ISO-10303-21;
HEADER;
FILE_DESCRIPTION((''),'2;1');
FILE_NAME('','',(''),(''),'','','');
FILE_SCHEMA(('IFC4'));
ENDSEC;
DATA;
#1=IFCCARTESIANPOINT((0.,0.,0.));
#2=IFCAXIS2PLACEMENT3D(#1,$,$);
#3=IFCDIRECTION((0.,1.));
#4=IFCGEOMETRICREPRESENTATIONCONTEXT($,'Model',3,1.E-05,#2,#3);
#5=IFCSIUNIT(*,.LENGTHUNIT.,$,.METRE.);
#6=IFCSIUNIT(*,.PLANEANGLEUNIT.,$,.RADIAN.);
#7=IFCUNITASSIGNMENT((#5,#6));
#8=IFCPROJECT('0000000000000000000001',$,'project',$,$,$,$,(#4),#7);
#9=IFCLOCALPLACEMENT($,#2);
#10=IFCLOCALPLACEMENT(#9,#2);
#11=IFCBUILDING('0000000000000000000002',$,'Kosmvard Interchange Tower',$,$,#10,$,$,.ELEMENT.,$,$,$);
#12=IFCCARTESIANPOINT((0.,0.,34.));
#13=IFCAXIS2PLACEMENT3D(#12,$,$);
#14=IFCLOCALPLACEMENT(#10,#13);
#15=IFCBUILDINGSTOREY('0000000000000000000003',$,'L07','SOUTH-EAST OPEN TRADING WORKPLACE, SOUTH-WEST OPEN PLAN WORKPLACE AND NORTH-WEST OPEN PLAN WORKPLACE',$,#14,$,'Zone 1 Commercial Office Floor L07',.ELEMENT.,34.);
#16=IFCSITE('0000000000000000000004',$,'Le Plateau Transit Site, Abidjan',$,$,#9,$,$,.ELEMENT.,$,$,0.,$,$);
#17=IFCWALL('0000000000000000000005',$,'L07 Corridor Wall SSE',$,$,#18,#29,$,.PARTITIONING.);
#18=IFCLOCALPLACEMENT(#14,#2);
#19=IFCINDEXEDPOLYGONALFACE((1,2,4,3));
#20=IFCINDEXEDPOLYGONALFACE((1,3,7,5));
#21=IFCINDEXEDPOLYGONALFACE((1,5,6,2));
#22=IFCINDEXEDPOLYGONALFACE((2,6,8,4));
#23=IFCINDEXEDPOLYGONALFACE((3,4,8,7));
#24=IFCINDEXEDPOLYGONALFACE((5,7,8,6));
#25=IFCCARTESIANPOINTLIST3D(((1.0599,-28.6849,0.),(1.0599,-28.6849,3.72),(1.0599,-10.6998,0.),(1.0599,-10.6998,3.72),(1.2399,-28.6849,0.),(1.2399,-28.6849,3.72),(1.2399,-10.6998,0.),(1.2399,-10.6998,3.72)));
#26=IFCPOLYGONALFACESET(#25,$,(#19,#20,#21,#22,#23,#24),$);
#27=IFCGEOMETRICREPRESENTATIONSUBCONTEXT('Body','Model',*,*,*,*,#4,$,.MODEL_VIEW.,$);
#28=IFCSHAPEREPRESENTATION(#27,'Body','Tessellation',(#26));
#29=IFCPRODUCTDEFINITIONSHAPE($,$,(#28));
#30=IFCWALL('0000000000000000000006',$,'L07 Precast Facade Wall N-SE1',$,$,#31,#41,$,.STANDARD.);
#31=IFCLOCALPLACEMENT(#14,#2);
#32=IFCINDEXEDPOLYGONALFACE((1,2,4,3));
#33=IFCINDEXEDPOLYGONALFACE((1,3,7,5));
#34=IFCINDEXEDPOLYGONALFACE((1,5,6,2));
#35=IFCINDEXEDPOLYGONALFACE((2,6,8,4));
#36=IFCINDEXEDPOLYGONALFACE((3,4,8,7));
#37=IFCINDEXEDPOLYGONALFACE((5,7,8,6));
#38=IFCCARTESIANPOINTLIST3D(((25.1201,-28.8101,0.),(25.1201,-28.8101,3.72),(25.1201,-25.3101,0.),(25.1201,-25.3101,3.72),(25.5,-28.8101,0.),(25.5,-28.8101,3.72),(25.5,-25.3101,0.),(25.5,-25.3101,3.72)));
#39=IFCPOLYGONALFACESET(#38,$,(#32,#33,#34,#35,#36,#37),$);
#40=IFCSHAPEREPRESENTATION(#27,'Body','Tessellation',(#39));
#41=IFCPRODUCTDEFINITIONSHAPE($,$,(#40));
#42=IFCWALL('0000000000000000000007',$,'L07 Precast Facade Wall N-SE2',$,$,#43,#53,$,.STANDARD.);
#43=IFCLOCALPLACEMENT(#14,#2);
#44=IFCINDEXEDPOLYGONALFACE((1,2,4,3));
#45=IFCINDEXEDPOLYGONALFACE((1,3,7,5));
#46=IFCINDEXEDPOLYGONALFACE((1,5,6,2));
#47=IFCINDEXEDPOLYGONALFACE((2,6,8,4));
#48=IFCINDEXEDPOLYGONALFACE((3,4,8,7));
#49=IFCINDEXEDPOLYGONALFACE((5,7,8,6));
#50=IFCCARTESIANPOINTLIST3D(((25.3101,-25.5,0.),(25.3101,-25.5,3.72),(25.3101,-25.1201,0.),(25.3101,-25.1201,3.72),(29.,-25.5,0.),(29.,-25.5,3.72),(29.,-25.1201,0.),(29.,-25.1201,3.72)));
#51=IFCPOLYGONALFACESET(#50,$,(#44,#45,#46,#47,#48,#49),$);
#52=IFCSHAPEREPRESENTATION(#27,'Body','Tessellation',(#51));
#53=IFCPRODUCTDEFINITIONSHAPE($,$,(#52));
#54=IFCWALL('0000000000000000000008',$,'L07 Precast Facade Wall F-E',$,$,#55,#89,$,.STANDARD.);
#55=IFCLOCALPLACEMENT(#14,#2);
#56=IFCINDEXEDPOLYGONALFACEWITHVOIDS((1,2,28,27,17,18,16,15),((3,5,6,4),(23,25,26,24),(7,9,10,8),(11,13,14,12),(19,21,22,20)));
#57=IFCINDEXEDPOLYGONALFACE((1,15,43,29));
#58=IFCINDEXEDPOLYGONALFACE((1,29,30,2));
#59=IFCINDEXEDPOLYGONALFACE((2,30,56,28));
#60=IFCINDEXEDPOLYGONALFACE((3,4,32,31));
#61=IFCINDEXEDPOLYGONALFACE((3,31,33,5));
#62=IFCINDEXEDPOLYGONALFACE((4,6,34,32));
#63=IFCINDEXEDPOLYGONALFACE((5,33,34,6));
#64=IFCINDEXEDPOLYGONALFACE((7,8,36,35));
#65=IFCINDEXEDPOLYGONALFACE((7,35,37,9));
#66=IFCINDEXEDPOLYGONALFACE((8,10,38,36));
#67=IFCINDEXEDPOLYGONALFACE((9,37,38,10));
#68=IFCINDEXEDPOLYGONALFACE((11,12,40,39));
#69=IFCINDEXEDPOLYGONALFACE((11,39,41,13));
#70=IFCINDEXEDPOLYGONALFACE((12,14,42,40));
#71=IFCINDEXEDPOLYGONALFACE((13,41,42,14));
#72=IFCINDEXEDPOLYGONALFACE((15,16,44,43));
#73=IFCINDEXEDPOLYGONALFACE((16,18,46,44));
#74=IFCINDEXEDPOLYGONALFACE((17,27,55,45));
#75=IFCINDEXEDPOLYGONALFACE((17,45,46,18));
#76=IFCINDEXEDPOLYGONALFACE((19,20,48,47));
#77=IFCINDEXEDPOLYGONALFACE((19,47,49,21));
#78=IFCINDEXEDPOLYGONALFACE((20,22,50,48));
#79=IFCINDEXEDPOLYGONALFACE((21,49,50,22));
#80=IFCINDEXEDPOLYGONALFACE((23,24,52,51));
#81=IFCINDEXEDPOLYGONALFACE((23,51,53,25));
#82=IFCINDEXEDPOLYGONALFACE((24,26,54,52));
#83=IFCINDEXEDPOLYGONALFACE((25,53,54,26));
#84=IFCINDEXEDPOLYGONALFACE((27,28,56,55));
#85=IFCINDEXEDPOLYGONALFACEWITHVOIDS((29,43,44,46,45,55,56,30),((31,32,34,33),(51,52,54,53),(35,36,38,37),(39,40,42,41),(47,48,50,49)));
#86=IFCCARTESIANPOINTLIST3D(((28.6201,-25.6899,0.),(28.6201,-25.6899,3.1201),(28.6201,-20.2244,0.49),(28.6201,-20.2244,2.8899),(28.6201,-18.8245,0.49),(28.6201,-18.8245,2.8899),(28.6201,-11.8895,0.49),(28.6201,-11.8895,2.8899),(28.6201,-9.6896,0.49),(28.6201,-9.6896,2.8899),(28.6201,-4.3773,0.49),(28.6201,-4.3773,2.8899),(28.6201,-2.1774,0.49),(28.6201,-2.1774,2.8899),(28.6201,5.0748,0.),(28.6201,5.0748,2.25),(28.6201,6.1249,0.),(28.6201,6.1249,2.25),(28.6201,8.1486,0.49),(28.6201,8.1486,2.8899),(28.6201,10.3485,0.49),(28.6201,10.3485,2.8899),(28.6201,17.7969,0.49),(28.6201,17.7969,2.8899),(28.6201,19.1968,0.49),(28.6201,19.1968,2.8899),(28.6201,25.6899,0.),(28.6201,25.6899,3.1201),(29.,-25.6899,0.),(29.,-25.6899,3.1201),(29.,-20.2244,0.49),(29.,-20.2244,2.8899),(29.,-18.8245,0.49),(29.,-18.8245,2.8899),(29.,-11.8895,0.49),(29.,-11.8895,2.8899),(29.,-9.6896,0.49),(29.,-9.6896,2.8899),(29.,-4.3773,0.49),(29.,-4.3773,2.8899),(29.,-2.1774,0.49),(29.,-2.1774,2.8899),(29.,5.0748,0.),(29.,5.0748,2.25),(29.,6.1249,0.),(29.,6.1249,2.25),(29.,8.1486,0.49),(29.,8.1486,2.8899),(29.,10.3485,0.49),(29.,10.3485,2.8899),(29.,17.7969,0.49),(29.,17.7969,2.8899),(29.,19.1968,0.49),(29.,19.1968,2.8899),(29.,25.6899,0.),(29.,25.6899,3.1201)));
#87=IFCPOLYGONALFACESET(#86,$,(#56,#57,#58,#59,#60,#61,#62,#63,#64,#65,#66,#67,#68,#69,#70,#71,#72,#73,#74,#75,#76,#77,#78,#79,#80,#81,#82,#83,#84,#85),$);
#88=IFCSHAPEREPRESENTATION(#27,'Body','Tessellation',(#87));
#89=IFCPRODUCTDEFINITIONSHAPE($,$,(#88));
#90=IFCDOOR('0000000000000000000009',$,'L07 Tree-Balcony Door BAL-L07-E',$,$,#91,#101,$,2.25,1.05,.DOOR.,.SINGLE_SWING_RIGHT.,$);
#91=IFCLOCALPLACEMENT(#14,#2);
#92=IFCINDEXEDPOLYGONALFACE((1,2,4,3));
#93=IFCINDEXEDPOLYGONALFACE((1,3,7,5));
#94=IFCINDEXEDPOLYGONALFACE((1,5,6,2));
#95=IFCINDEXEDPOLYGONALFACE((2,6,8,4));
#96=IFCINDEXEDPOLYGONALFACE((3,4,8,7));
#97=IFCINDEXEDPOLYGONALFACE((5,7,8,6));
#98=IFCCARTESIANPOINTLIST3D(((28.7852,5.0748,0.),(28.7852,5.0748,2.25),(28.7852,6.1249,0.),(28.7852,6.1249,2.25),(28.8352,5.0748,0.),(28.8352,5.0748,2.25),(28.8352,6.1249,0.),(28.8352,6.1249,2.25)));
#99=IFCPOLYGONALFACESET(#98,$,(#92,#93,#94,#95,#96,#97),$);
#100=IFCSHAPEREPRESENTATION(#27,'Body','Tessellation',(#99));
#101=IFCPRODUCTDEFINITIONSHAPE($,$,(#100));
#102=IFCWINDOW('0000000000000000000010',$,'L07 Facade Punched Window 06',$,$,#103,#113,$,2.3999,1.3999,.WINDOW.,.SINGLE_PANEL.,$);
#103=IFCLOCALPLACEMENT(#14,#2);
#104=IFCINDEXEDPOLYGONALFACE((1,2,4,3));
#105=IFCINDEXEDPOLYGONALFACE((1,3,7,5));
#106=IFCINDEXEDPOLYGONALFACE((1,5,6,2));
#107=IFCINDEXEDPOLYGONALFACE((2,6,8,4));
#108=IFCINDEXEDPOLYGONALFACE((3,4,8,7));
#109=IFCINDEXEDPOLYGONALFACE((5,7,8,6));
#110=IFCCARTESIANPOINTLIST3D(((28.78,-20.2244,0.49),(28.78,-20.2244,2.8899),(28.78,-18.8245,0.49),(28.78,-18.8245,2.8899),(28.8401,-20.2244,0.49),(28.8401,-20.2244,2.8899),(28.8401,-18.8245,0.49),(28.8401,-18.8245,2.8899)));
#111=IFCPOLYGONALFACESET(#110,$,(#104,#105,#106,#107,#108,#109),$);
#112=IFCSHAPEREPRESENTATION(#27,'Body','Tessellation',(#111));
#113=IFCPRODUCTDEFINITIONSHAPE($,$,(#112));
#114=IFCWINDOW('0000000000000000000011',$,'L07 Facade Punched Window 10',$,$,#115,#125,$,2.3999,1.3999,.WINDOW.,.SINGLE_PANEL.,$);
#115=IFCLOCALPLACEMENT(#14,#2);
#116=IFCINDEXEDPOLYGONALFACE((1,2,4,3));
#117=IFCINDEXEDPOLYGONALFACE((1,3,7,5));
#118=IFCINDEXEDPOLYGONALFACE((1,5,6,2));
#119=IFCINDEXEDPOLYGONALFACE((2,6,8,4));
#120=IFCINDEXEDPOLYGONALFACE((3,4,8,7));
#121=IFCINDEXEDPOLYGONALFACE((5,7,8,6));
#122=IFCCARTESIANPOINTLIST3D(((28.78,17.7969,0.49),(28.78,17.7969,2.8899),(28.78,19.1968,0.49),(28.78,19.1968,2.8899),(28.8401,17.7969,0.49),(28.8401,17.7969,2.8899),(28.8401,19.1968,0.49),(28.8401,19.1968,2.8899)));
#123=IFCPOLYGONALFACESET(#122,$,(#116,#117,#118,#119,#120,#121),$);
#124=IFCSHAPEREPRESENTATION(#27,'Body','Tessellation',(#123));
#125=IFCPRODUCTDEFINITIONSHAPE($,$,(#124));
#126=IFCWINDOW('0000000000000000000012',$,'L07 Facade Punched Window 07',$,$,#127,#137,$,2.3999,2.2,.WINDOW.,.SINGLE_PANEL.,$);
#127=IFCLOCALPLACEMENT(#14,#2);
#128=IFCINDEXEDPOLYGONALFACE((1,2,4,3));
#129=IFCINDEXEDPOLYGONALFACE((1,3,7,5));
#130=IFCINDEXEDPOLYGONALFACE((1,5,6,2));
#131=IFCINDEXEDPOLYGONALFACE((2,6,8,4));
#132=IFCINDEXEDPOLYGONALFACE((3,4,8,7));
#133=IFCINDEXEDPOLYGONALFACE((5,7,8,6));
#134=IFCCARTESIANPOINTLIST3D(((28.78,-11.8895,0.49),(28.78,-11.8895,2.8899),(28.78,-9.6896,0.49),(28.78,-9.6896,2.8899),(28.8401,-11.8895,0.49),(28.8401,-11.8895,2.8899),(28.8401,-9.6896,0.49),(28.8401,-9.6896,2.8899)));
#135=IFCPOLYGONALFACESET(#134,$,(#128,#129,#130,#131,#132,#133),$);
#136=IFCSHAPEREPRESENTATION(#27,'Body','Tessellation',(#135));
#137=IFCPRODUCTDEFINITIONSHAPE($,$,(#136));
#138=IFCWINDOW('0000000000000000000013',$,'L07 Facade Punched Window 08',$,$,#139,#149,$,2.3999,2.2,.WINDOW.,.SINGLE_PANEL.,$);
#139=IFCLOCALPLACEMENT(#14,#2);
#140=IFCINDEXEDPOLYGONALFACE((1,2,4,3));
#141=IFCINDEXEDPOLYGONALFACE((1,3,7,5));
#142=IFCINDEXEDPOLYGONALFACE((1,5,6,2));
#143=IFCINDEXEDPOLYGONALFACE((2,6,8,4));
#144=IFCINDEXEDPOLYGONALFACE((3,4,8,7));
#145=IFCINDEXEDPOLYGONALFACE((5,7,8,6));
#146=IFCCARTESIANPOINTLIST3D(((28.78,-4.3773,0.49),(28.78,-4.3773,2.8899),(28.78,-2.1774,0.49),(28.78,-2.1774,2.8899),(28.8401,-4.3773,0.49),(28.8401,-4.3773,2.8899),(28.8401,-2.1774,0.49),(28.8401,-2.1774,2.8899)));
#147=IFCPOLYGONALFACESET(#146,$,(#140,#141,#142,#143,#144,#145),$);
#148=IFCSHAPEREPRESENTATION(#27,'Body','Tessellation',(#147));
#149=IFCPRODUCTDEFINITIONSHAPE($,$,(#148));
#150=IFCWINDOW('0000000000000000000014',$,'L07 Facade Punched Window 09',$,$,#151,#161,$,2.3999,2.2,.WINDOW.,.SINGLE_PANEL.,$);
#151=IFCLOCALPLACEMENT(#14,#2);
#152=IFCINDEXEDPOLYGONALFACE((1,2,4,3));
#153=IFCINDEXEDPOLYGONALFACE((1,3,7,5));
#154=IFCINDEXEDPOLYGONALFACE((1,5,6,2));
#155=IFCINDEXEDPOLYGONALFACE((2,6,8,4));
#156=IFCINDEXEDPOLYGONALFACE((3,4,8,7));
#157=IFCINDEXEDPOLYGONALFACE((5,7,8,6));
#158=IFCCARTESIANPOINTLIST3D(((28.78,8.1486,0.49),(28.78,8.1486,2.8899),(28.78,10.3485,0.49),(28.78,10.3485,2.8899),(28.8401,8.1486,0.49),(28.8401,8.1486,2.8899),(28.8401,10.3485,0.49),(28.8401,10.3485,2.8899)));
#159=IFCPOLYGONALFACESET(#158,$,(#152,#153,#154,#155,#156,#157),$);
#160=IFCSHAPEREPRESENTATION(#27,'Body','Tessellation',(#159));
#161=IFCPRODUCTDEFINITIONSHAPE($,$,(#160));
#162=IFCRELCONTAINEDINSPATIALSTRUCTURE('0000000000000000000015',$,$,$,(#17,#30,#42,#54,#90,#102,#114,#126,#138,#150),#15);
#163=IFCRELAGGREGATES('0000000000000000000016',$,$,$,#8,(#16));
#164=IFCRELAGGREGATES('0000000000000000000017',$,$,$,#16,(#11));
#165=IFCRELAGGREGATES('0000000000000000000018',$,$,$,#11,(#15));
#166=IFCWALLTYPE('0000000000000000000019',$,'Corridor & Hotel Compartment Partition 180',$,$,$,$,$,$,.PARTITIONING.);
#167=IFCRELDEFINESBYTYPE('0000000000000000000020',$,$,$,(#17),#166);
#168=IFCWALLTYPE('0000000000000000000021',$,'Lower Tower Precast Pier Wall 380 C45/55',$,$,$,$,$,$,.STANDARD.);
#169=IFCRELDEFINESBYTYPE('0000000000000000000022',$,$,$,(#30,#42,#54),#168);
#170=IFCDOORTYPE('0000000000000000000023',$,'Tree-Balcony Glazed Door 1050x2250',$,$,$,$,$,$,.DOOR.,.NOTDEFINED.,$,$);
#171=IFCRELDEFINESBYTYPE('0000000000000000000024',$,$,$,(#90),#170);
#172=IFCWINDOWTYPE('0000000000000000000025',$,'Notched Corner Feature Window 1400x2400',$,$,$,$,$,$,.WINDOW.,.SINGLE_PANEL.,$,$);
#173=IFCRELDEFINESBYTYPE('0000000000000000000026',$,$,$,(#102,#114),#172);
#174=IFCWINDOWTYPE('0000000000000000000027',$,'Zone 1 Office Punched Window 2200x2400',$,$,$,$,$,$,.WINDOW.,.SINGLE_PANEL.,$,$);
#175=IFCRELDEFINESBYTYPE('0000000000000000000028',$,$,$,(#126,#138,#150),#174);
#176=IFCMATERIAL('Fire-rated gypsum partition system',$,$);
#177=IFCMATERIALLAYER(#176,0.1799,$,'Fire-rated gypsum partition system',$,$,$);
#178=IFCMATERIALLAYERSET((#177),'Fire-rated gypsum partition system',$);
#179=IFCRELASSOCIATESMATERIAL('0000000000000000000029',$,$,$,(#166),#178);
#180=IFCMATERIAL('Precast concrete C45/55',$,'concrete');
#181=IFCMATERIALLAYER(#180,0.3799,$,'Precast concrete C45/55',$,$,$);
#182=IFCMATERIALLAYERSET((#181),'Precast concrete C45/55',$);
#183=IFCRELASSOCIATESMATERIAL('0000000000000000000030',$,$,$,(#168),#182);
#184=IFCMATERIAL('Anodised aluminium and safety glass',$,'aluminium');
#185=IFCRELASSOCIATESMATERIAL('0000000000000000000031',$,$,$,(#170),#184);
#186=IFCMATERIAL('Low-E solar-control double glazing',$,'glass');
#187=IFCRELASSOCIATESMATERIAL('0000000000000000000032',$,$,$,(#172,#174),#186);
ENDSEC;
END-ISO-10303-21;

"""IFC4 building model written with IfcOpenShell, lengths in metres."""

from ifc_helpers import new_model, si_unit, direction, frame, frame_2d, origin, place, context, subcontext, project, spatial, rectangle, extrude, source, transform, mapped, material, layer, layer_set, type_object, element, fill, save


model = new_model("IFC4")

# Units and contexts
model_context = context("Model", 3, precision=1e-05, world=origin(), true_north=direction((0.0, 1.0)))
body_context = subcontext(model_context, "Body", "Model", "MODEL_VIEW")
ifc_project = project(units=[si_unit("LENGTHUNIT", "METRE"), si_unit("PLANEANGLEUNIT", "RADIAN")], contexts=[model_context])

# Site, building, storey
site_placement = place(None, origin())
site = spatial("IfcSite", under=ifc_project, at=site_placement, Name="Le Plateau Transit Site, Abidjan", CompositionType="ELEMENT", RefElevation=0.0)
building_placement = place(site_placement, origin())
building = spatial("IfcBuilding", under=site, at=building_placement, Name="Kosmvard Interchange Tower", CompositionType="ELEMENT")
storey_placement = place(building_placement, frame((0.0, 0.0, 34.0)))
storey = spatial("IfcBuildingStorey", under=building, at=storey_placement, Name="L07", Description="SOUTH-EAST OPEN TRADING WORKPLACE, SOUTH-WEST OPEN PLAN WORKPLACE AND NORTH-WEST OPEN PLAN WORKPLACE", LongName="Zone 1 Commercial Office Floor L07", CompositionType="ELEMENT", Elevation=34.0)

# Shared definitions
ifc_material_1 = material(Name="Precast concrete C45/55", Category="concrete")

# Walls
ifc_material_2 = material(Name="Fire-rated gypsum partition system")
ifc_layer_1 = layer(ifc_material_2, 0.1799, Name="Fire-rated gypsum partition system")
ifc_layer_set_1 = layer_set([ifc_layer_1], Name="Fire-rated gypsum partition system")
wall_type_1 = type_object("IfcWallType", Name="Corridor & Hotel Compartment Partition 180", PredefinedType="PARTITIONING", material=ifc_layer_set_1)
wall_1_placement = place(storey_placement, frame((1.1499, -28.6851, 0.0), z_axis=(0.0, 0.0, 1.0), x_axis=(0.0, 1.0, 0.0)))
element("IfcWall", 1, at=wall_1_placement, inside=storey, type_object=wall_type_1, Name="L07 Corridor Wall SSE", PredefinedType="PARTITIONING", context=body_context, shape_type="SweptSolid", body=[
    extrude(rectangle(XDim=17.9851, YDim=0.1799, at=frame_2d((8.9927, 0.0))), origin(), (0.0, 0.0, 1.0), 3.72),
])
ifc_layer_2 = layer(ifc_material_1, 0.3799, Name="Precast concrete C45/55")
ifc_layer_set_2 = layer_set([ifc_layer_2], Name="Precast concrete C45/55")
wall_type_2 = type_object("IfcWallType", Name="Lower Tower Precast Pier Wall 380 C45/55", PredefinedType="STANDARD", material=ifc_layer_set_2)
wall_2_placement = place(storey_placement, frame((25.3101, -28.8101, 0.0), z_axis=(0.0, 0.0, 1.0), x_axis=(0.0, 1.0, 0.0)))
element("IfcWall", 2, at=wall_2_placement, inside=storey, type_object=wall_type_2, Name="L07 Precast Facade Wall N-SE1", PredefinedType="STANDARD", context=body_context, shape_type="SweptSolid", body=[
    extrude(rectangle(XDim=3.5, YDim=0.3799, at=frame_2d((1.75, 0.0))), origin(), (0.0, 0.0, 1.0), 3.72),
])
wall_3_placement = place(storey_placement, frame((25.3101, -25.3101, 0.0), z_axis=(0.0, 0.0, 1.0), x_axis=(1.0, 0.0, 0.0)))
element("IfcWall", 3, at=wall_3_placement, inside=storey, type_object=wall_type_2, Name="L07 Precast Facade Wall N-SE2", PredefinedType="STANDARD", context=body_context, shape_type="SweptSolid", body=[
    extrude(rectangle(XDim=3.6899, YDim=0.3799, at=frame_2d((1.845, 0.0))), origin(), (0.0, 0.0, 1.0), 3.72),
])

# Wall, openings, door, windows
wall_4_placement = place(storey_placement, frame((28.8101, -25.6899, 0.0), z_axis=(0.0, 0.0, 1.0), x_axis=(0.0, 1.0, 0.0)))
wall_4 = element("IfcWall", 4, at=wall_4_placement, inside=storey, type_object=wall_type_2, Name="L07 Precast Facade Wall F-E", PredefinedType="STANDARD", context=body_context, shape_type="SweptSolid", body=[
    extrude(rectangle(XDim=51.3799, YDim=0.3799, at=frame_2d((25.6899, 0.0))), origin(), (0.0, 0.0, 1.0), 3.1201),
])
opening_1_placement = place(wall_4_placement, frame((30.7649, 0.0, 0.0)))
opening_1 = element("IfcOpeningElement", 5, at=opening_1_placement, cuts=wall_4, PredefinedType="OPENING", context=body_context, shape_type="SweptSolid", body=[
    extrude(rectangle(XDim=1.05, YDim=2.25, at=frame_2d((0.5249, 1.125))), frame((0.0, 0.2, 0.0), z_axis=(0.0, -1.0, 0.0), x_axis=(1.0, 0.0, 0.0)), (0.0, 0.0, 1.0), 0.3999),
])
opening_2_placement = place(wall_4_placement, frame((5.4656, 0.0, 0.49)))
opening_2 = element("IfcOpeningElement", 6, at=opening_2_placement, cuts=wall_4, PredefinedType="OPENING", context=body_context, shape_type="SweptSolid", body=[
    extrude(rectangle(XDim=1.3999, YDim=2.3999, at=frame_2d((0.7, 1.2))), frame((0.0, 0.2, 0.0), z_axis=(0.0, -1.0, 0.0), x_axis=(1.0, 0.0, 0.0)), (0.0, 0.0, 1.0), 0.3999),
])
opening_3_placement = place(wall_4_placement, frame((13.8003, 0.0, 0.49)))
opening_3 = element("IfcOpeningElement", 7, at=opening_3_placement, cuts=wall_4, PredefinedType="OPENING", context=body_context, shape_type="SweptSolid", body=[
    extrude(rectangle(XDim=2.2, YDim=2.3999, at=frame_2d((1.1001, 1.2))), frame((0.0, 0.2, 0.0), z_axis=(0.0, -1.0, 0.0), x_axis=(1.0, 0.0, 0.0)), (0.0, 0.0, 1.0), 0.3999),
])
opening_4_placement = place(wall_4_placement, frame((21.3125, 0.0, 0.49)))
opening_4 = element("IfcOpeningElement", 8, at=opening_4_placement, cuts=wall_4, PredefinedType="OPENING", context=body_context, shape_type="SweptSolid", body=[
    extrude(rectangle(XDim=2.2, YDim=2.3999, at=frame_2d((1.1001, 1.2))), frame((0.0, 0.2, 0.0), z_axis=(0.0, -1.0, 0.0), x_axis=(1.0, 0.0, 0.0)), (0.0, 0.0, 1.0), 0.3999),
])
opening_5_placement = place(wall_4_placement, frame((33.8384, 0.0, 0.49)))
opening_5 = element("IfcOpeningElement", 9, at=opening_5_placement, cuts=wall_4, PredefinedType="OPENING", context=body_context, shape_type="SweptSolid", body=[
    extrude(rectangle(XDim=2.2, YDim=2.3999, at=frame_2d((1.1001, 1.2))), frame((0.0, 0.2, 0.0), z_axis=(0.0, -1.0, 0.0), x_axis=(1.0, 0.0, 0.0)), (0.0, 0.0, 1.0), 0.3999),
])
opening_6_placement = place(wall_4_placement, frame((43.4868, 0.0, 0.49)))
opening_6 = element("IfcOpeningElement", 10, at=opening_6_placement, cuts=wall_4, PredefinedType="OPENING", context=body_context, shape_type="SweptSolid", body=[
    extrude(rectangle(XDim=1.3999, YDim=2.3999, at=frame_2d((0.7, 1.2))), frame((0.0, 0.2, 0.0), z_axis=(0.0, -1.0, 0.0), x_axis=(1.0, 0.0, 0.0)), (0.0, 0.0, 1.0), 0.3999),
])
ifc_material_3 = material(Name="Anodised aluminium and safety glass", Category="aluminium")
door_type = type_object("IfcDoorType", Name="Tree-Balcony Glazed Door 1050x2250", OperationType="NOTDEFINED", PredefinedType="DOOR", material=ifc_material_3)
shared_shape_1 = source(origin(), body_context, "Body", "SweptSolid", [
    extrude(rectangle(XDim=1.05, YDim=2.25, at=frame_2d((0.5249, 1.125))), frame((0.0, 0.0249, 0.0), z_axis=(0.0, -1.0, 0.0), x_axis=(1.0, 0.0, 0.0)), (0.0, 0.0, 1.0), 0.05),
])
door_placement = place(opening_1_placement, origin())
door = element("IfcDoor", 11, at=door_placement, inside=storey, type_object=door_type, Name="L07 Tree-Balcony Door BAL-L07-E", OperationType="SINGLE_SWING_RIGHT", OverallHeight=2.25, OverallWidth=1.05, PredefinedType="DOOR", context=body_context, shape_type="MappedRepresentation", body=[
    mapped(shared_shape_1, transform((0.0, 0.0, 0.0), scale=1.0)),
])
fill(opening_1, door)
ifc_material_4 = material(Name="Low-E solar-control double glazing", Category="glass")
window_type_1 = type_object("IfcWindowType", Name="Notched Corner Feature Window 1400x2400", PartitioningType="SINGLE_PANEL", PredefinedType="WINDOW", material=ifc_material_4)
shared_shape_2 = source(origin(), body_context, "Body", "SweptSolid", [
    extrude(rectangle(XDim=1.3999, YDim=2.3999, at=frame_2d((0.7, 1.2))), frame((0.0, 0.03, 0.0), z_axis=(0.0, -1.0, 0.0), x_axis=(1.0, 0.0, 0.0)), (0.0, 0.0, 1.0), 0.0601),
])
window_1_placement = place(opening_2_placement, origin())
window_1 = element("IfcWindow", 12, at=window_1_placement, inside=storey, type_object=window_type_1, Name="L07 Facade Punched Window 06", OverallHeight=2.3999, OverallWidth=1.3999, PartitioningType="SINGLE_PANEL", PredefinedType="WINDOW", context=body_context, shape_type="MappedRepresentation", body=[
    mapped(shared_shape_2, transform((0.0, 0.0, 0.0), scale=1.0)),
])
fill(opening_2, window_1)
window_2_placement = place(opening_6_placement, origin())
window_2 = element("IfcWindow", 13, at=window_2_placement, inside=storey, type_object=window_type_1, Name="L07 Facade Punched Window 10", OverallHeight=2.3999, OverallWidth=1.3999, PartitioningType="SINGLE_PANEL", PredefinedType="WINDOW", context=body_context, shape_type="MappedRepresentation", body=[
    mapped(shared_shape_2, transform((0.0, 0.0, 0.0), scale=1.0)),
])
fill(opening_6, window_2)
window_type_2 = type_object("IfcWindowType", Name="Zone 1 Office Punched Window 2200x2400", PartitioningType="SINGLE_PANEL", PredefinedType="WINDOW", material=ifc_material_4)
shared_shape_3 = source(origin(), body_context, "Body", "SweptSolid", [
    extrude(rectangle(XDim=2.2, YDim=2.3999, at=frame_2d((1.1001, 1.2))), frame((0.0, 0.03, 0.0), z_axis=(0.0, -1.0, 0.0), x_axis=(1.0, 0.0, 0.0)), (0.0, 0.0, 1.0), 0.0601),
])
window_3_placement = place(opening_3_placement, origin())
window_3 = element("IfcWindow", 14, at=window_3_placement, inside=storey, type_object=window_type_2, Name="L07 Facade Punched Window 07", OverallHeight=2.3999, OverallWidth=2.2, PartitioningType="SINGLE_PANEL", PredefinedType="WINDOW", context=body_context, shape_type="MappedRepresentation", body=[
    mapped(shared_shape_3, transform((0.0, 0.0, 0.0), scale=1.0)),
])
fill(opening_3, window_3)
window_4_placement = place(opening_4_placement, origin())
window_4 = element("IfcWindow", 15, at=window_4_placement, inside=storey, type_object=window_type_2, Name="L07 Facade Punched Window 08", OverallHeight=2.3999, OverallWidth=2.2, PartitioningType="SINGLE_PANEL", PredefinedType="WINDOW", context=body_context, shape_type="MappedRepresentation", body=[
    mapped(shared_shape_3, transform((0.0, 0.0, 0.0), scale=1.0)),
])
fill(opening_4, window_4)
window_5_placement = place(opening_5_placement, origin())
window_5 = element("IfcWindow", 16, at=window_5_placement, inside=storey, type_object=window_type_2, Name="L07 Facade Punched Window 09", OverallHeight=2.3999, OverallWidth=2.2, PartitioningType="SINGLE_PANEL", PredefinedType="WINDOW", context=body_context, shape_type="MappedRepresentation", body=[
    mapped(shared_shape_3, transform((0.0, 0.0, 0.0), scale=1.0)),
])
fill(opening_5, window_5)

save(model, "model.ifc")
